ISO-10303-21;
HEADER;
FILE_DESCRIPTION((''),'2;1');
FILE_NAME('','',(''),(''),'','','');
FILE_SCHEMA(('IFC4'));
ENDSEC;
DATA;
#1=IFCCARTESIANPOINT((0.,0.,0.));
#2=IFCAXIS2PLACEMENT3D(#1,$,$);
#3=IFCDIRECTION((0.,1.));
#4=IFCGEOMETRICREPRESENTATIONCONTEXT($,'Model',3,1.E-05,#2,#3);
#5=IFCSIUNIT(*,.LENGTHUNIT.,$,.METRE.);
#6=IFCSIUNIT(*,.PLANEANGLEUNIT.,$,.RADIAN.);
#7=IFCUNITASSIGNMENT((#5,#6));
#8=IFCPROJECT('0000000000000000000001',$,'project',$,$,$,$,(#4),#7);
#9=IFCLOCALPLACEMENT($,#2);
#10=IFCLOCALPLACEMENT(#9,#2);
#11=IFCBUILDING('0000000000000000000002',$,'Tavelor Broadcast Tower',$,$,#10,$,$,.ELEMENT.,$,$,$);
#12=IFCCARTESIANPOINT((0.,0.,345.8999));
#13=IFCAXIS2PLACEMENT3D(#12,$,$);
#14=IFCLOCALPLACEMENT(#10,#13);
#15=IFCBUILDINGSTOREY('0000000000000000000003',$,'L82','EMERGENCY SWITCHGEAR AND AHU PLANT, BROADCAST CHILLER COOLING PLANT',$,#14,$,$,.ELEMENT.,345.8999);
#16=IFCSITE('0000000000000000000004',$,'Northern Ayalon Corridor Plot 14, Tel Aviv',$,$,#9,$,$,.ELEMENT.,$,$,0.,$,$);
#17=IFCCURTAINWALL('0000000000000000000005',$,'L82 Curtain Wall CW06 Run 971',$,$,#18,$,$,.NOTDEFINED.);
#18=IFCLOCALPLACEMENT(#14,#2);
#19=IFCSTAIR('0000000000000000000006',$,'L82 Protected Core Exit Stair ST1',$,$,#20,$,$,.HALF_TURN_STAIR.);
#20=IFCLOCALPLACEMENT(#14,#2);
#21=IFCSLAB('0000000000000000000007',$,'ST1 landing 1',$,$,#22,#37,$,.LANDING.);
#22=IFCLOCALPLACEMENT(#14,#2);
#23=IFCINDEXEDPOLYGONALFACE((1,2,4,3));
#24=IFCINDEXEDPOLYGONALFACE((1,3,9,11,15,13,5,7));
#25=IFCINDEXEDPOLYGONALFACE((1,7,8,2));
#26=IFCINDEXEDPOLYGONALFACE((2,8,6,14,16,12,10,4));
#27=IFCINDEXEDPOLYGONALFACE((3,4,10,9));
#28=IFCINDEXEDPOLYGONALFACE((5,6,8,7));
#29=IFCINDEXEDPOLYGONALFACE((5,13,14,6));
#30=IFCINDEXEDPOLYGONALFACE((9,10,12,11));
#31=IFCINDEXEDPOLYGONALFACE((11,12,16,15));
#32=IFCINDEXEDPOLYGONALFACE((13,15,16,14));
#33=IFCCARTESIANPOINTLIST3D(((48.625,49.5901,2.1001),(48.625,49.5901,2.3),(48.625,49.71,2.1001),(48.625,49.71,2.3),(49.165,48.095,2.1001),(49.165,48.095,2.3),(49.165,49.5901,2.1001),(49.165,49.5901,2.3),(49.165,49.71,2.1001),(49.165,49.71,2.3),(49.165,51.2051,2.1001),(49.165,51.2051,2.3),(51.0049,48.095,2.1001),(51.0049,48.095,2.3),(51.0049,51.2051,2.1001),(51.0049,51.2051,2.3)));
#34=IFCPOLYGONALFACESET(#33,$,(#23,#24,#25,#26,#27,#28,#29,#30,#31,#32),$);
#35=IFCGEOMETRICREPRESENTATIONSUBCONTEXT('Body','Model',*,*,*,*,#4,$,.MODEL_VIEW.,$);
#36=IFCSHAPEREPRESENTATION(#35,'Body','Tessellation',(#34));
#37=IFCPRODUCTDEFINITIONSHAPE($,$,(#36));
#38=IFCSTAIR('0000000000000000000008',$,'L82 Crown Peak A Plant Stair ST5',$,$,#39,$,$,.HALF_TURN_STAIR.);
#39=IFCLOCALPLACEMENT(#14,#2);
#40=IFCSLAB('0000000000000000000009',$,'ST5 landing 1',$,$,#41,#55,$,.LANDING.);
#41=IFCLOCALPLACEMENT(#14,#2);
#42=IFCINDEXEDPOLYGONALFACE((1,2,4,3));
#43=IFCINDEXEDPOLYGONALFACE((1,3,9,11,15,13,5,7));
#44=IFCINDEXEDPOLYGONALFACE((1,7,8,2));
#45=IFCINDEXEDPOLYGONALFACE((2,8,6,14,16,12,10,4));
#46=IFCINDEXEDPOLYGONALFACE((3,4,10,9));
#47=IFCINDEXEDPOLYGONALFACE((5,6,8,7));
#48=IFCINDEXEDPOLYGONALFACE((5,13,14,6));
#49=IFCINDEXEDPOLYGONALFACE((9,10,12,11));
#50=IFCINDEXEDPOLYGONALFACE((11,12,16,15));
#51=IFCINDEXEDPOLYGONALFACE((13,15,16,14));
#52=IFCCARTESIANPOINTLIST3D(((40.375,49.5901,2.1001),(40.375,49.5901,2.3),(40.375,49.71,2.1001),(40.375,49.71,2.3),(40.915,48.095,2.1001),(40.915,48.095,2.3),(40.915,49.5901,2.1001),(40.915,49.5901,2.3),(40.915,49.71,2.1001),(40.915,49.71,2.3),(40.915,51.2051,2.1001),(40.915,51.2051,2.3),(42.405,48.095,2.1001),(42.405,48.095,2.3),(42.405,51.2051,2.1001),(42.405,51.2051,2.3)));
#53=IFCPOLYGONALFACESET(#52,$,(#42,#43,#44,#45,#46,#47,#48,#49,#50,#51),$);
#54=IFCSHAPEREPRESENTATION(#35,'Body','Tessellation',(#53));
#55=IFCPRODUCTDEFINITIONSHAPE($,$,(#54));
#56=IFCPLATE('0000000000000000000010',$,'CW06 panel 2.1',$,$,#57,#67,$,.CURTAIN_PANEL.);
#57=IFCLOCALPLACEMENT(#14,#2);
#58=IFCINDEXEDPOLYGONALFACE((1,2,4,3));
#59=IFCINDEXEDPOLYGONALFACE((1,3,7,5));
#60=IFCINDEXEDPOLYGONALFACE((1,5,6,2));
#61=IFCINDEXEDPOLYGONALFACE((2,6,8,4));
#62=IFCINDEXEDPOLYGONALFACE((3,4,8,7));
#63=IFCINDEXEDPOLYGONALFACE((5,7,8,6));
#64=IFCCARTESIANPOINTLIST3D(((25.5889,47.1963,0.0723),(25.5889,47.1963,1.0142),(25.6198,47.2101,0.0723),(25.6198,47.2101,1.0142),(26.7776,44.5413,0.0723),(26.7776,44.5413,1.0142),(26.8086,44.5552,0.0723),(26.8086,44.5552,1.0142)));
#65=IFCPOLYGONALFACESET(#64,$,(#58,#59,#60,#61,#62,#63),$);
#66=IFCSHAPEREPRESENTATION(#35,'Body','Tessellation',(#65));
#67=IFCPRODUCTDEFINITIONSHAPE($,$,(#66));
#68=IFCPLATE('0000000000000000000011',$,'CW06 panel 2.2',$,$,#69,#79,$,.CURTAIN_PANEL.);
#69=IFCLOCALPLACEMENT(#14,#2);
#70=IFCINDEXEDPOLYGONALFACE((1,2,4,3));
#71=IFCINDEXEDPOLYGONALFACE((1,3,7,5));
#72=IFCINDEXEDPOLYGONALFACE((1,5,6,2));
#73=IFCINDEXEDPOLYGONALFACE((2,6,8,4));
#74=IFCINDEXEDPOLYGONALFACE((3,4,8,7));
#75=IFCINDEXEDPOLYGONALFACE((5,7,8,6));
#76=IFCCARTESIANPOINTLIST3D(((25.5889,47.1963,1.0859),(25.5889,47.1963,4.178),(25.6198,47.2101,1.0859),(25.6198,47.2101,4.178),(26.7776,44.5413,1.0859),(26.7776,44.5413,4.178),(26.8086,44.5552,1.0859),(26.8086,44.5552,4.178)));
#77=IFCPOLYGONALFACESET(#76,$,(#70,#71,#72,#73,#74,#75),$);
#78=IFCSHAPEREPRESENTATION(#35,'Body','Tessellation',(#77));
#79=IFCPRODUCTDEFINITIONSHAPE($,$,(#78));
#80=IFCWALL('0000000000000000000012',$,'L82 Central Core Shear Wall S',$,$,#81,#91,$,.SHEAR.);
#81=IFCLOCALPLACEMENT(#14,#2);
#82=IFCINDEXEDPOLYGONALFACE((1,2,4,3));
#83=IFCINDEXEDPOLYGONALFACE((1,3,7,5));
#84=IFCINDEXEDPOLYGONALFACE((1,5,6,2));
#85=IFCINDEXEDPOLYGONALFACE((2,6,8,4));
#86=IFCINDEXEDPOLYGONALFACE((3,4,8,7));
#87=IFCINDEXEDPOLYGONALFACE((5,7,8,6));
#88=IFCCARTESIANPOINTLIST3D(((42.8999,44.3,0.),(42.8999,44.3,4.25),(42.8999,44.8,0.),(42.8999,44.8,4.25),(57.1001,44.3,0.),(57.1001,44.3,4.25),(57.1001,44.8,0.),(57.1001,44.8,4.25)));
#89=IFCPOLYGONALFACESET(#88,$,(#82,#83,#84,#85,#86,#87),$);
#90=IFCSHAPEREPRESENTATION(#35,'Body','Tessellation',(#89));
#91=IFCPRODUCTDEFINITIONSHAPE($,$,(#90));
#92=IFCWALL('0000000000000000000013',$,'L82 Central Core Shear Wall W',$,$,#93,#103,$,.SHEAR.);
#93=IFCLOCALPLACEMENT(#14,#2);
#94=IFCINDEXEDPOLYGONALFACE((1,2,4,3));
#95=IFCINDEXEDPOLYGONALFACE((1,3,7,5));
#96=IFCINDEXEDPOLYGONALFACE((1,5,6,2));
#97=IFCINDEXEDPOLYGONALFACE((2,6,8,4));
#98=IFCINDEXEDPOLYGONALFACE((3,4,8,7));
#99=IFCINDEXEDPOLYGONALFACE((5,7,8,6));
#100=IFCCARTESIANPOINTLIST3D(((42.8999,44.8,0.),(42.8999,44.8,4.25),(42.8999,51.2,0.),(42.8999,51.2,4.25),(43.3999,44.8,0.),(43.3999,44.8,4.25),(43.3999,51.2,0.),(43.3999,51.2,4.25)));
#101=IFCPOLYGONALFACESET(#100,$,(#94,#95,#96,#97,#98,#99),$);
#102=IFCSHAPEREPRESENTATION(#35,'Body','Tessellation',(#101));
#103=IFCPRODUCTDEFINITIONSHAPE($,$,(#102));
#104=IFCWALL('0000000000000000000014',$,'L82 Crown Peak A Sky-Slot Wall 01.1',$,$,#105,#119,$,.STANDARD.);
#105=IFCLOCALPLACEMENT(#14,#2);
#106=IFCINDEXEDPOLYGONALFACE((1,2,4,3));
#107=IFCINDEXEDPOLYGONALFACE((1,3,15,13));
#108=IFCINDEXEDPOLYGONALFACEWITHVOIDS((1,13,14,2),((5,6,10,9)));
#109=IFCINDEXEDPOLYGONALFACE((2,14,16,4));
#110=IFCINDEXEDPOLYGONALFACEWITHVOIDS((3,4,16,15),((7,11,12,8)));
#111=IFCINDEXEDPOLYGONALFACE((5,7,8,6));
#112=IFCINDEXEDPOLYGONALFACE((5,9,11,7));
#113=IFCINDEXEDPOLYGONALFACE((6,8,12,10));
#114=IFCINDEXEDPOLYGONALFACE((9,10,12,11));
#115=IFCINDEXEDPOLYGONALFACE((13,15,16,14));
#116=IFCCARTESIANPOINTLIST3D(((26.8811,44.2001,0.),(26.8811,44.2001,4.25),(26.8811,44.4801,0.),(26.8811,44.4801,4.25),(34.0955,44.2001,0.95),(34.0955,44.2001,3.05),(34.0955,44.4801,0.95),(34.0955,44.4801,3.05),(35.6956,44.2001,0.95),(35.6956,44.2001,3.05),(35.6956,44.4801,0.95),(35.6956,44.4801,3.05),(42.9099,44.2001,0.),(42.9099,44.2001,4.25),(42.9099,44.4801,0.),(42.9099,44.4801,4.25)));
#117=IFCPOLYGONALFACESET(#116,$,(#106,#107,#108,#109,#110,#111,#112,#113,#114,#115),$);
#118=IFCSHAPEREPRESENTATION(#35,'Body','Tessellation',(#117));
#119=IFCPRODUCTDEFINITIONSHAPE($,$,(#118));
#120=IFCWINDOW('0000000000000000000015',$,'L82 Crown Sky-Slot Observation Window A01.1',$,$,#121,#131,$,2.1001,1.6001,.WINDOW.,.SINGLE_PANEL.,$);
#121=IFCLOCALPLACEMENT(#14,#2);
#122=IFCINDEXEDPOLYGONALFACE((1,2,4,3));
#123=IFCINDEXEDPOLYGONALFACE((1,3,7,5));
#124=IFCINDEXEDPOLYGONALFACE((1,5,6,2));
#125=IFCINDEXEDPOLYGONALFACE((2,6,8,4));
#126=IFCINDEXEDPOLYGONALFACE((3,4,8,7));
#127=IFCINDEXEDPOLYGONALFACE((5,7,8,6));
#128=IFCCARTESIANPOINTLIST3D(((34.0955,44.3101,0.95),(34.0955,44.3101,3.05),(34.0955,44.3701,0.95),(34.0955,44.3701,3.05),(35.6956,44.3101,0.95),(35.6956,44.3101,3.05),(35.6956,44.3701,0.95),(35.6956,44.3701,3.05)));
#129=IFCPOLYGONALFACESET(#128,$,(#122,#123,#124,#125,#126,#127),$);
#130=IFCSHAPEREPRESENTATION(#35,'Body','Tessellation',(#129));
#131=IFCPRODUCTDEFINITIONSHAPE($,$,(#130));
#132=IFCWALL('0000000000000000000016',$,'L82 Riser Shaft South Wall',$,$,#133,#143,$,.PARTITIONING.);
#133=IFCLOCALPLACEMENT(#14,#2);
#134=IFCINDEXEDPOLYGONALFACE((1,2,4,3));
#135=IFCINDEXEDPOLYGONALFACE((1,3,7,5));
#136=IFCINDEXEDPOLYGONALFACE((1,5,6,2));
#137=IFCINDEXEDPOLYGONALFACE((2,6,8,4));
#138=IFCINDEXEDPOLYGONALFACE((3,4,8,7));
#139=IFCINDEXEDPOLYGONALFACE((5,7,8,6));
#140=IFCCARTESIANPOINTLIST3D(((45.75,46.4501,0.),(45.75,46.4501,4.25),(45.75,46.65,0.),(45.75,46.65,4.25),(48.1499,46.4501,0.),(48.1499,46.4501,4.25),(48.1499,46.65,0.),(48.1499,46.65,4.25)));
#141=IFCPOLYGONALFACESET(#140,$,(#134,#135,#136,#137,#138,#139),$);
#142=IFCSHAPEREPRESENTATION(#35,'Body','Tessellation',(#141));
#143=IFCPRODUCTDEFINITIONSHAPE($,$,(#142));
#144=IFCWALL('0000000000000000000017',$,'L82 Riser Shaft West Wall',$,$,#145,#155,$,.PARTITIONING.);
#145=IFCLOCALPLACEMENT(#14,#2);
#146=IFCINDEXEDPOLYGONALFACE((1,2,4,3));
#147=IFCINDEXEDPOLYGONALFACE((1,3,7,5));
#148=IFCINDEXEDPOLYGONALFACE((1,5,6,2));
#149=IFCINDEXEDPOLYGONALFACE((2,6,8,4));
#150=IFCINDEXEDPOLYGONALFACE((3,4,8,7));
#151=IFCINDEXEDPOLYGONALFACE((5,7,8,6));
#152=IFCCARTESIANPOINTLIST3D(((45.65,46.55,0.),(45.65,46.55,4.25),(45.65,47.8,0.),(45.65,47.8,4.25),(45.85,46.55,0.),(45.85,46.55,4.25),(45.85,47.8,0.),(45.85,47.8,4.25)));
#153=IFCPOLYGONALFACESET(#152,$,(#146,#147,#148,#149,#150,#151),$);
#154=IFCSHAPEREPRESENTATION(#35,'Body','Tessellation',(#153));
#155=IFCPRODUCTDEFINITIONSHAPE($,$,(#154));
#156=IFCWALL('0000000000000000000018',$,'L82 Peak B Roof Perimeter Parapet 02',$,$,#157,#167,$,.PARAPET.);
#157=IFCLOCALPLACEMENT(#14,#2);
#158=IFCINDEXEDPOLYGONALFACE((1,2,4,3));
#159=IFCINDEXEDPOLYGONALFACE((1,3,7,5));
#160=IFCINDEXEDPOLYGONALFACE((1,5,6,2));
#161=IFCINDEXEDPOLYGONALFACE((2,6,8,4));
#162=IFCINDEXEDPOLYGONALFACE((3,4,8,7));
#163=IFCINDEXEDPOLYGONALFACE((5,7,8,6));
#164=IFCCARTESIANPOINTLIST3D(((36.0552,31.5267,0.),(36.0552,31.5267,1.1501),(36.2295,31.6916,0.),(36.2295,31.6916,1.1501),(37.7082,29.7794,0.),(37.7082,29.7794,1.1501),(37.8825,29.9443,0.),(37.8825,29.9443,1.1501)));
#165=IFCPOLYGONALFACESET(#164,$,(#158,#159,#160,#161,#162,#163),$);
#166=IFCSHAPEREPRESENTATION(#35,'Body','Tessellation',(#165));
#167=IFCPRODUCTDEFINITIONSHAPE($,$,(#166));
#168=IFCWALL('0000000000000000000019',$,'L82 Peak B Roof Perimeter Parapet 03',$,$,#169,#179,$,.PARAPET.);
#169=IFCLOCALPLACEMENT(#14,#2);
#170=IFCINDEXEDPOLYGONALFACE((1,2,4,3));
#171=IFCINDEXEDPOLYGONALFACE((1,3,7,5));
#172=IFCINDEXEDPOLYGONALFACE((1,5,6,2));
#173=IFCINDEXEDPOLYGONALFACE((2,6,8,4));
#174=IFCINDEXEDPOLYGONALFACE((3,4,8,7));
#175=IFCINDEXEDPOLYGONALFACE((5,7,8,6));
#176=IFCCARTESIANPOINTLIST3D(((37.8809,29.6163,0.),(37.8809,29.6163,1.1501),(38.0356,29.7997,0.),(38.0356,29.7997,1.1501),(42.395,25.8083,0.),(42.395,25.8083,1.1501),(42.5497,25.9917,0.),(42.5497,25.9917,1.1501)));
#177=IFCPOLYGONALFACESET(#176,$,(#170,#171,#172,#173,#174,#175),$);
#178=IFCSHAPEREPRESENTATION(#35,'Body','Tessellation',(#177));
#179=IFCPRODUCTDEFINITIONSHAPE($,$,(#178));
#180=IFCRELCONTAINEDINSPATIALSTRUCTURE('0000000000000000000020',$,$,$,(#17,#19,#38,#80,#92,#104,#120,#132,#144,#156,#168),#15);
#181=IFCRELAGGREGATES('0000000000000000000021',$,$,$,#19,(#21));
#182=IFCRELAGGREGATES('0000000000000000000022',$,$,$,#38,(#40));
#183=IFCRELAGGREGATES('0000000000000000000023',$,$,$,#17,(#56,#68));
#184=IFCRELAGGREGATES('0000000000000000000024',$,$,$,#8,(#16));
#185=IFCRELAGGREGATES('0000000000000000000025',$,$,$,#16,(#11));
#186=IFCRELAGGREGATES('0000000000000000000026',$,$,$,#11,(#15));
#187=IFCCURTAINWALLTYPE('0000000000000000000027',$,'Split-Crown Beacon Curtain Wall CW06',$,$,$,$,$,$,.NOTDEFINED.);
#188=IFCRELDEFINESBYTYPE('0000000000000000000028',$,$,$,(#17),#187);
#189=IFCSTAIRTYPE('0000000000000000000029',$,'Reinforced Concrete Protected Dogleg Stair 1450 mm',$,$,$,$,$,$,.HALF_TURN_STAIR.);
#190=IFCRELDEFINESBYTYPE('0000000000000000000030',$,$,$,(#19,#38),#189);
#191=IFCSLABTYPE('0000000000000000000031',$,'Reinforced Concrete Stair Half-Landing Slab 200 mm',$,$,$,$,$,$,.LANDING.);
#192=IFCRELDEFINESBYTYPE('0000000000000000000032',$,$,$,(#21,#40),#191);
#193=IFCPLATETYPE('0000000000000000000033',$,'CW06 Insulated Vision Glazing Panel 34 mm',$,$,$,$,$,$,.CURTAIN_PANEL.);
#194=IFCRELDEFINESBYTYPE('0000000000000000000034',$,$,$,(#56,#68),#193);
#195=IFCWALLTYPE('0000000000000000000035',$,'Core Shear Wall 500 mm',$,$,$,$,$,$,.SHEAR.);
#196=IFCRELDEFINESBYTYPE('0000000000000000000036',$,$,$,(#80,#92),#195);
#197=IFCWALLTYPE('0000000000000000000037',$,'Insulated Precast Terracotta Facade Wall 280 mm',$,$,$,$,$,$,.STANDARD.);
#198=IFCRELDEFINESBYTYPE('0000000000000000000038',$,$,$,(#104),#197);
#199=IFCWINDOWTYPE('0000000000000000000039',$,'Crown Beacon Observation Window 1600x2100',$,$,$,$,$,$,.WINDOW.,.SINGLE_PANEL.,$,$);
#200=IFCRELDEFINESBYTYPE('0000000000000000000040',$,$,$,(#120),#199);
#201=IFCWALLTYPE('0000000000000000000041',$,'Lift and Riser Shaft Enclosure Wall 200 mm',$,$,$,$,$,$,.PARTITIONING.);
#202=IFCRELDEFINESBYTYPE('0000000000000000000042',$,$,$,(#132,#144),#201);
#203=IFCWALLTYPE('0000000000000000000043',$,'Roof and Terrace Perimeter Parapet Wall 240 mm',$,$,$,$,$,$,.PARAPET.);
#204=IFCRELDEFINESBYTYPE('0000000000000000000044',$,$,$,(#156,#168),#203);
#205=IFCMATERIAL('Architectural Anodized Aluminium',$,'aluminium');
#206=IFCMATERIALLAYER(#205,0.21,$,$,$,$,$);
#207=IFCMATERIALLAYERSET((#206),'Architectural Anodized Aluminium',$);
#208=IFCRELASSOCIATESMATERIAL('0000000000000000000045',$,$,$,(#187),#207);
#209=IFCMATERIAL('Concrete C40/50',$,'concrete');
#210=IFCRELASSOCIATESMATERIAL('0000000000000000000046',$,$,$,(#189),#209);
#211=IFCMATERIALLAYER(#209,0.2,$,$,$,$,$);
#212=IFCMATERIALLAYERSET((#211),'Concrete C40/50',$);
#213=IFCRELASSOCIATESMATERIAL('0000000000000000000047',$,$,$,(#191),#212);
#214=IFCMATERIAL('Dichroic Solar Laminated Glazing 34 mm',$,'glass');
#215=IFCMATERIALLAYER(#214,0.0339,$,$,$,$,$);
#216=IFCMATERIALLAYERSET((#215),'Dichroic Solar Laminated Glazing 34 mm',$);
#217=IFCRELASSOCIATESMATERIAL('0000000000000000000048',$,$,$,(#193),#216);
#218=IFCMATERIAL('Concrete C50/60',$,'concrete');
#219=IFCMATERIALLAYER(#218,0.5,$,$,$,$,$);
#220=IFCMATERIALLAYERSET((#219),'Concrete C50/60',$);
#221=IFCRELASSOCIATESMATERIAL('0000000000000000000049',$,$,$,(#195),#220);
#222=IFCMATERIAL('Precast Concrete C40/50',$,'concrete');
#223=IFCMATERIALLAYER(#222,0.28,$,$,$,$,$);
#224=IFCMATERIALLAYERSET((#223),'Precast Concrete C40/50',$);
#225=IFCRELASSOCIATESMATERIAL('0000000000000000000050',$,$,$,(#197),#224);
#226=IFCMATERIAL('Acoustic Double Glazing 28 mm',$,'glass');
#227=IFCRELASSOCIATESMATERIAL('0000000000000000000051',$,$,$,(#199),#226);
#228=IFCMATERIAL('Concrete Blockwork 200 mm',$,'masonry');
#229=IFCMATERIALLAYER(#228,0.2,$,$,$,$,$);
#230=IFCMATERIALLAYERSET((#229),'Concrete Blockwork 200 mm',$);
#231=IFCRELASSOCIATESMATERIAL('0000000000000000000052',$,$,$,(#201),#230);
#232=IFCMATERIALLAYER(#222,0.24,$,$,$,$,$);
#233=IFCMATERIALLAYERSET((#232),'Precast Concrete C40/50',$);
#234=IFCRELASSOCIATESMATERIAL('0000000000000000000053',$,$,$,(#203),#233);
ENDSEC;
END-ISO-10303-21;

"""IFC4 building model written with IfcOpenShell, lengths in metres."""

from ifc_helpers import new_model, si_unit, direction, frame, frame_2d, origin, origin_2d, place, context, subcontext, project, spatial, polyline, rectangle, outline, extrude, source, transform, mapped, material, layer, layer_set, type_object, type_shapes, element, fill, aggregate, save


model = new_model("IFC4")

# Units and contexts
model_context = context("Model", 3, precision=1e-05, world=origin(), true_north=direction((0.0, 1.0)))
body_context = subcontext(model_context, "Body", "Model", "MODEL_VIEW")
ifc_project = project(units=[si_unit("LENGTHUNIT", "METRE"), si_unit("PLANEANGLEUNIT", "RADIAN")], contexts=[model_context])

# Site, building, storey
site_placement = place(None, origin())
site = spatial("IfcSite", under=ifc_project, at=site_placement, Name="Northern Ayalon Corridor Plot 14, Tel Aviv", CompositionType="ELEMENT", RefElevation=0.0)
building_placement = place(site_placement, origin())
building = spatial("IfcBuilding", under=site, at=building_placement, Name="Tavelor Broadcast Tower", CompositionType="ELEMENT")
storey_placement = place(building_placement, frame((0.0, 0.0, 345.8999)))
storey = spatial("IfcBuildingStorey", under=building, at=storey_placement, Name="L82", Description="EMERGENCY SWITCHGEAR AND AHU PLANT, BROADCAST CHILLER COOLING PLANT", CompositionType="ELEMENT", Elevation=345.8999)

# Shared definitions
ifc_material_1 = material(Name="Concrete C50/60", Category="concrete")

# Shared definitions
ifc_material_2 = material(Name="Concrete C40/50", Category="concrete")

# Curtain wall
ifc_material_3 = material(Name="Architectural Anodized Aluminium", Category="aluminium")
ifc_layer_1 = layer(ifc_material_3, 0.21)
ifc_layer_set_1 = layer_set([ifc_layer_1], Name="Architectural Anodized Aluminium")
curtain_wall_type = type_object("IfcCurtainWallType", Name="Split-Crown Beacon Curtain Wall CW06", PredefinedType="NOTDEFINED", material=ifc_layer_set_1)
curtain_wall_placement = place(storey_placement, origin())
curtain_wall = element("IfcCurtainWall", 1, at=curtain_wall_placement, inside=storey, type_object=curtain_wall_type, Name="L82 Curtain Wall CW06 Run 971", PredefinedType="NOTDEFINED")

# Stairs, slabs
stair_type = type_object("IfcStairType", Name="Reinforced Concrete Protected Dogleg Stair 1450 mm", PredefinedType="HALF_TURN_STAIR", material=ifc_material_2)
stair_1_placement = place(storey_placement, origin())
stair_1 = element("IfcStair", 2, at=stair_1_placement, inside=storey, type_object=stair_type, Name="L82 Protected Core Exit Stair ST1", PredefinedType="HALF_TURN_STAIR")
ifc_layer_2 = layer(ifc_material_2, 0.2)
ifc_layer_set_2 = layer_set([ifc_layer_2], Name="Concrete C40/50")
slab_type_1 = type_object("IfcSlabType", Name="Reinforced Concrete Stair Half-Landing Slab 200 mm", PredefinedType="LANDING", material=ifc_layer_set_2)
slab_1_placement = place(storey_placement, frame((0.0, 0.0, 2.1001)))
slab_1 = element("IfcSlab", 3, at=slab_1_placement, type_object=slab_type_1, Name="ST1 landing 1", PredefinedType="LANDING", context=body_context, shape_type="SweptSolid", body=[
    extrude(outline(polyline([(49.165, 49.5901), (49.165, 48.095), (51.0049, 48.095), (51.0049, 51.2051), (49.165, 51.2051), (49.165, 49.71), (48.625, 49.71), (48.625, 49.5901), (49.165, 49.5901)])), origin(), (0.0, 0.0, 1.0), 0.2),
])
aggregate(stair_1, [slab_1])
stair_2_placement = place(storey_placement, origin())
stair_2 = element("IfcStair", 4, at=stair_2_placement, inside=storey, type_object=stair_type, Name="L82 Crown Peak A Plant Stair ST5", PredefinedType="HALF_TURN_STAIR")
slab_2_placement = place(storey_placement, frame((0.0, 0.0, 2.1001)))
slab_2 = element("IfcSlab", 5, at=slab_2_placement, type_object=slab_type_1, Name="ST5 landing 1", PredefinedType="LANDING", context=body_context, shape_type="SweptSolid", body=[
    extrude(outline(polyline([(40.915, 49.5901), (40.915, 48.095), (42.405, 48.095), (42.405, 51.2051), (40.915, 51.2051), (40.915, 49.71), (40.375, 49.71), (40.375, 49.5901), (40.915, 49.5901)])), origin(), (0.0, 0.0, 1.0), 0.2),
])
aggregate(stair_2, [slab_2])

# Plates
ifc_material_4 = material(Name="Dichroic Solar Laminated Glazing 34 mm", Category="glass")
ifc_layer_3 = layer(ifc_material_4, 0.0339)
ifc_layer_set_3 = layer_set([ifc_layer_3], Name="Dichroic Solar Laminated Glazing 34 mm")
plate_type = type_object("IfcPlateType", Name="CW06 Insulated Vision Glazing Panel 34 mm", PredefinedType="CURTAIN_PANEL", material=ifc_layer_set_3)
shared_shape_1 = source(origin(), body_context, "Body", "SweptSolid", [
    extrude(rectangle(XDim=2.9089, YDim=0.0339, at=origin_2d()), origin(), (0.0, 0.0, 1.0), 0.9419),
])
plate_1_placement = place(storey_placement, frame((26.1987, 45.8757, 0.0723), z_axis=(0.0, 0.0, 1.0), x_axis=(0.408649, -0.912691, 0.0)))
plate_1 = element("IfcPlate", 6, at=plate_1_placement, type_object=plate_type, Name="CW06 panel 2.1", PredefinedType="CURTAIN_PANEL", context=body_context, shape_type="MappedRepresentation", body=[
    mapped(shared_shape_1, transform((0.0, 0.0, 0.0), scale=1.0)),
])
shared_shape_2 = source(origin(), body_context, "Body", "SweptSolid", [
    extrude(rectangle(XDim=2.9089, YDim=0.0339, at=origin_2d()), origin(), (0.0, 0.0, 1.0), 3.092),
])
type_shapes(plate_type, [shared_shape_1, shared_shape_2])
plate_2_placement = place(storey_placement, frame((26.1987, 45.8757, 1.0859), z_axis=(0.0, 0.0, 1.0), x_axis=(0.408649, -0.912691, 0.0)))
plate_2 = element("IfcPlate", 7, at=plate_2_placement, type_object=plate_type, Name="CW06 panel 2.2", PredefinedType="CURTAIN_PANEL", context=body_context, shape_type="MappedRepresentation", body=[
    mapped(shared_shape_2, transform((0.0, 0.0, 0.0), scale=1.0)),
])
aggregate(curtain_wall, [plate_1, plate_2])

# Walls
ifc_layer_4 = layer(ifc_material_1, 0.5)
ifc_layer_set_4 = layer_set([ifc_layer_4], Name="Concrete C50/60")
wall_type_1 = type_object("IfcWallType", Name="Core Shear Wall 500 mm", PredefinedType="SHEAR", material=ifc_layer_set_4)
wall_1_placement = place(storey_placement, frame((42.8999, 44.55, 0.0), z_axis=(0.0, 0.0, 1.0), x_axis=(1.0, 0.0, 0.0)))
element("IfcWall", 8, at=wall_1_placement, inside=storey, type_object=wall_type_1, Name="L82 Central Core Shear Wall S", PredefinedType="SHEAR", context=body_context, shape_type="SweptSolid", body=[
    extrude(rectangle(XDim=14.2002, YDim=0.5, at=frame_2d((7.1001, 0.0))), origin(), (0.0, 0.0, 1.0), 4.25),
])
wall_2_placement = place(storey_placement, frame((43.1499, 44.8, 0.0), z_axis=(0.0, 0.0, 1.0), x_axis=(0.0, 1.0, 0.0)))
element("IfcWall", 9, at=wall_2_placement, inside=storey, type_object=wall_type_1, Name="L82 Central Core Shear Wall W", PredefinedType="SHEAR", context=body_context, shape_type="SweptSolid", body=[
    extrude(rectangle(XDim=6.3999, YDim=0.5, at=frame_2d((3.2, 0.0))), origin(), (0.0, 0.0, 1.0), 4.25),
])

# Wall, opening, window
ifc_material_5 = material(Name="Precast Concrete C40/50", Category="concrete")
ifc_layer_5 = layer(ifc_material_5, 0.28)
ifc_layer_set_5 = layer_set([ifc_layer_5], Name="Precast Concrete C40/50")
wall_type_2 = type_object("IfcWallType", Name="Insulated Precast Terracotta Facade Wall 280 mm", PredefinedType="STANDARD", material=ifc_layer_set_5)
wall_3_placement = place(storey_placement, frame((26.8811, 44.3401, 0.0), z_axis=(0.0, 0.0, 1.0), x_axis=(1.0, 0.0, 0.0)))
wall_3 = element("IfcWall", 10, at=wall_3_placement, inside=storey, type_object=wall_type_2, Name="L82 Crown Peak A Sky-Slot Wall 01.1", PredefinedType="STANDARD", context=body_context, shape_type="SweptSolid", body=[
    extrude(rectangle(XDim=16.0288, YDim=0.28, at=frame_2d((8.0144, 0.0))), origin(), (0.0, 0.0, 1.0), 4.25),
])
opening_1_placement = place(wall_3_placement, frame((7.2144, 0.0, 0.95)))
opening_1 = element("IfcOpeningElement", 11, at=opening_1_placement, cuts=wall_3, PredefinedType="OPENING", context=body_context, shape_type="SweptSolid", body=[
    extrude(rectangle(XDim=1.6001, YDim=2.1001, at=frame_2d((0.8, 1.05))), frame((0.0, 0.1499, 0.0), z_axis=(0.0, -1.0, 0.0), x_axis=(1.0, 0.0, 0.0)), (0.0, 0.0, 1.0), 0.3),
])
ifc_material_6 = material(Name="Acoustic Double Glazing 28 mm", Category="glass")
window_type_1 = type_object("IfcWindowType", Name="Crown Beacon Observation Window 1600x2100", PartitioningType="SINGLE_PANEL", PredefinedType="WINDOW", material=ifc_material_6)
window_1_placement = place(opening_1_placement, origin())
window_1 = element("IfcWindow", 12, at=window_1_placement, inside=storey, type_object=window_type_1, Name="L82 Crown Sky-Slot Observation Window A01.1", OverallHeight=2.1001, OverallWidth=1.6001, PartitioningType="SINGLE_PANEL", PredefinedType="WINDOW", context=body_context, shape_type="SweptSolid", body=[
    extrude(rectangle(XDim=1.6001, YDim=2.1001, at=frame_2d((0.8, 1.05))), frame((0.0, 0.03, 0.0), z_axis=(0.0, -1.0, 0.0), x_axis=(1.0, 0.0, 0.0)), (0.0, 0.0, 1.0), 0.0601),
])
fill(opening_1, window_1)

# Walls
ifc_material_7 = material(Name="Concrete Blockwork 200 mm", Category="masonry")
ifc_layer_6 = layer(ifc_material_7, 0.2)
ifc_layer_set_6 = layer_set([ifc_layer_6], Name="Concrete Blockwork 200 mm")
wall_type_3 = type_object("IfcWallType", Name="Lift and Riser Shaft Enclosure Wall 200 mm", PredefinedType="PARTITIONING", material=ifc_layer_set_6)
wall_4_placement = place(storey_placement, frame((45.75, 46.55, 0.0), z_axis=(0.0, 0.0, 1.0), x_axis=(1.0, 0.0, 0.0)))
element("IfcWall", 13, at=wall_4_placement, inside=storey, type_object=wall_type_3, Name="L82 Riser Shaft South Wall", PredefinedType="PARTITIONING", context=body_context, shape_type="SweptSolid", body=[
    extrude(rectangle(XDim=2.3999, YDim=0.2, at=frame_2d((1.2, 0.0))), origin(), (0.0, 0.0, 1.0), 4.25),
])
wall_5_placement = place(storey_placement, frame((45.75, 46.55, 0.0), z_axis=(0.0, 0.0, 1.0), x_axis=(0.0, 1.0, 0.0)))
element("IfcWall", 14, at=wall_5_placement, inside=storey, type_object=wall_type_3, Name="L82 Riser Shaft West Wall", PredefinedType="PARTITIONING", context=body_context, shape_type="SweptSolid", body=[
    extrude(rectangle(XDim=1.25, YDim=0.2, at=frame_2d((0.625, 0.0))), origin(), (0.0, 0.0, 1.0), 4.25),
])
ifc_layer_7 = layer(ifc_material_5, 0.24)
ifc_layer_set_7 = layer_set([ifc_layer_7], Name="Precast Concrete C40/50")
wall_type_4 = type_object("IfcWallType", Name="Roof and Terrace Perimeter Parapet Wall 240 mm", PredefinedType="PARAPET", material=ifc_layer_set_7)
wall_6_placement = place(storey_placement, frame((36.1423, 31.6091, 0.0), z_axis=(0.0, 0.0, 1.0), x_axis=(0.687246, -0.726425, 0.0)))
element("IfcWall", 15, at=wall_6_placement, inside=storey, type_object=wall_type_4, Name="L82 Peak B Roof Perimeter Parapet 02", PredefinedType="PARAPET", context=body_context, shape_type="SweptSolid", body=[
    extrude(rectangle(XDim=2.4053, YDim=0.24, at=frame_2d((1.2026, 0.0))), origin(), (0.0, 0.0, 1.0), 1.1501),
])
for number, where, z_axis, x_axis, name in (
    (16, (37.9583, 29.708, 0.0), (0.0, 0.0, 1.0), (0.764351, -0.6448, 0.0), "L82 Peak B Roof Perimeter Parapet 03"),
):
    element("IfcWall", number, at=place(storey_placement, frame(where, z_axis=z_axis, x_axis=x_axis)), inside=storey, type_object=wall_type_4, Name=name, PredefinedType="PARAPET", context=body_context, shape_type="SweptSolid", body=[
        extrude(rectangle(XDim=5.9058, YDim=0.24, at=frame_2d((2.9529, 0.0))), origin(), (0.0, 0.0, 1.0), 1.1501),
    ])

save(model, "model.ifc")
